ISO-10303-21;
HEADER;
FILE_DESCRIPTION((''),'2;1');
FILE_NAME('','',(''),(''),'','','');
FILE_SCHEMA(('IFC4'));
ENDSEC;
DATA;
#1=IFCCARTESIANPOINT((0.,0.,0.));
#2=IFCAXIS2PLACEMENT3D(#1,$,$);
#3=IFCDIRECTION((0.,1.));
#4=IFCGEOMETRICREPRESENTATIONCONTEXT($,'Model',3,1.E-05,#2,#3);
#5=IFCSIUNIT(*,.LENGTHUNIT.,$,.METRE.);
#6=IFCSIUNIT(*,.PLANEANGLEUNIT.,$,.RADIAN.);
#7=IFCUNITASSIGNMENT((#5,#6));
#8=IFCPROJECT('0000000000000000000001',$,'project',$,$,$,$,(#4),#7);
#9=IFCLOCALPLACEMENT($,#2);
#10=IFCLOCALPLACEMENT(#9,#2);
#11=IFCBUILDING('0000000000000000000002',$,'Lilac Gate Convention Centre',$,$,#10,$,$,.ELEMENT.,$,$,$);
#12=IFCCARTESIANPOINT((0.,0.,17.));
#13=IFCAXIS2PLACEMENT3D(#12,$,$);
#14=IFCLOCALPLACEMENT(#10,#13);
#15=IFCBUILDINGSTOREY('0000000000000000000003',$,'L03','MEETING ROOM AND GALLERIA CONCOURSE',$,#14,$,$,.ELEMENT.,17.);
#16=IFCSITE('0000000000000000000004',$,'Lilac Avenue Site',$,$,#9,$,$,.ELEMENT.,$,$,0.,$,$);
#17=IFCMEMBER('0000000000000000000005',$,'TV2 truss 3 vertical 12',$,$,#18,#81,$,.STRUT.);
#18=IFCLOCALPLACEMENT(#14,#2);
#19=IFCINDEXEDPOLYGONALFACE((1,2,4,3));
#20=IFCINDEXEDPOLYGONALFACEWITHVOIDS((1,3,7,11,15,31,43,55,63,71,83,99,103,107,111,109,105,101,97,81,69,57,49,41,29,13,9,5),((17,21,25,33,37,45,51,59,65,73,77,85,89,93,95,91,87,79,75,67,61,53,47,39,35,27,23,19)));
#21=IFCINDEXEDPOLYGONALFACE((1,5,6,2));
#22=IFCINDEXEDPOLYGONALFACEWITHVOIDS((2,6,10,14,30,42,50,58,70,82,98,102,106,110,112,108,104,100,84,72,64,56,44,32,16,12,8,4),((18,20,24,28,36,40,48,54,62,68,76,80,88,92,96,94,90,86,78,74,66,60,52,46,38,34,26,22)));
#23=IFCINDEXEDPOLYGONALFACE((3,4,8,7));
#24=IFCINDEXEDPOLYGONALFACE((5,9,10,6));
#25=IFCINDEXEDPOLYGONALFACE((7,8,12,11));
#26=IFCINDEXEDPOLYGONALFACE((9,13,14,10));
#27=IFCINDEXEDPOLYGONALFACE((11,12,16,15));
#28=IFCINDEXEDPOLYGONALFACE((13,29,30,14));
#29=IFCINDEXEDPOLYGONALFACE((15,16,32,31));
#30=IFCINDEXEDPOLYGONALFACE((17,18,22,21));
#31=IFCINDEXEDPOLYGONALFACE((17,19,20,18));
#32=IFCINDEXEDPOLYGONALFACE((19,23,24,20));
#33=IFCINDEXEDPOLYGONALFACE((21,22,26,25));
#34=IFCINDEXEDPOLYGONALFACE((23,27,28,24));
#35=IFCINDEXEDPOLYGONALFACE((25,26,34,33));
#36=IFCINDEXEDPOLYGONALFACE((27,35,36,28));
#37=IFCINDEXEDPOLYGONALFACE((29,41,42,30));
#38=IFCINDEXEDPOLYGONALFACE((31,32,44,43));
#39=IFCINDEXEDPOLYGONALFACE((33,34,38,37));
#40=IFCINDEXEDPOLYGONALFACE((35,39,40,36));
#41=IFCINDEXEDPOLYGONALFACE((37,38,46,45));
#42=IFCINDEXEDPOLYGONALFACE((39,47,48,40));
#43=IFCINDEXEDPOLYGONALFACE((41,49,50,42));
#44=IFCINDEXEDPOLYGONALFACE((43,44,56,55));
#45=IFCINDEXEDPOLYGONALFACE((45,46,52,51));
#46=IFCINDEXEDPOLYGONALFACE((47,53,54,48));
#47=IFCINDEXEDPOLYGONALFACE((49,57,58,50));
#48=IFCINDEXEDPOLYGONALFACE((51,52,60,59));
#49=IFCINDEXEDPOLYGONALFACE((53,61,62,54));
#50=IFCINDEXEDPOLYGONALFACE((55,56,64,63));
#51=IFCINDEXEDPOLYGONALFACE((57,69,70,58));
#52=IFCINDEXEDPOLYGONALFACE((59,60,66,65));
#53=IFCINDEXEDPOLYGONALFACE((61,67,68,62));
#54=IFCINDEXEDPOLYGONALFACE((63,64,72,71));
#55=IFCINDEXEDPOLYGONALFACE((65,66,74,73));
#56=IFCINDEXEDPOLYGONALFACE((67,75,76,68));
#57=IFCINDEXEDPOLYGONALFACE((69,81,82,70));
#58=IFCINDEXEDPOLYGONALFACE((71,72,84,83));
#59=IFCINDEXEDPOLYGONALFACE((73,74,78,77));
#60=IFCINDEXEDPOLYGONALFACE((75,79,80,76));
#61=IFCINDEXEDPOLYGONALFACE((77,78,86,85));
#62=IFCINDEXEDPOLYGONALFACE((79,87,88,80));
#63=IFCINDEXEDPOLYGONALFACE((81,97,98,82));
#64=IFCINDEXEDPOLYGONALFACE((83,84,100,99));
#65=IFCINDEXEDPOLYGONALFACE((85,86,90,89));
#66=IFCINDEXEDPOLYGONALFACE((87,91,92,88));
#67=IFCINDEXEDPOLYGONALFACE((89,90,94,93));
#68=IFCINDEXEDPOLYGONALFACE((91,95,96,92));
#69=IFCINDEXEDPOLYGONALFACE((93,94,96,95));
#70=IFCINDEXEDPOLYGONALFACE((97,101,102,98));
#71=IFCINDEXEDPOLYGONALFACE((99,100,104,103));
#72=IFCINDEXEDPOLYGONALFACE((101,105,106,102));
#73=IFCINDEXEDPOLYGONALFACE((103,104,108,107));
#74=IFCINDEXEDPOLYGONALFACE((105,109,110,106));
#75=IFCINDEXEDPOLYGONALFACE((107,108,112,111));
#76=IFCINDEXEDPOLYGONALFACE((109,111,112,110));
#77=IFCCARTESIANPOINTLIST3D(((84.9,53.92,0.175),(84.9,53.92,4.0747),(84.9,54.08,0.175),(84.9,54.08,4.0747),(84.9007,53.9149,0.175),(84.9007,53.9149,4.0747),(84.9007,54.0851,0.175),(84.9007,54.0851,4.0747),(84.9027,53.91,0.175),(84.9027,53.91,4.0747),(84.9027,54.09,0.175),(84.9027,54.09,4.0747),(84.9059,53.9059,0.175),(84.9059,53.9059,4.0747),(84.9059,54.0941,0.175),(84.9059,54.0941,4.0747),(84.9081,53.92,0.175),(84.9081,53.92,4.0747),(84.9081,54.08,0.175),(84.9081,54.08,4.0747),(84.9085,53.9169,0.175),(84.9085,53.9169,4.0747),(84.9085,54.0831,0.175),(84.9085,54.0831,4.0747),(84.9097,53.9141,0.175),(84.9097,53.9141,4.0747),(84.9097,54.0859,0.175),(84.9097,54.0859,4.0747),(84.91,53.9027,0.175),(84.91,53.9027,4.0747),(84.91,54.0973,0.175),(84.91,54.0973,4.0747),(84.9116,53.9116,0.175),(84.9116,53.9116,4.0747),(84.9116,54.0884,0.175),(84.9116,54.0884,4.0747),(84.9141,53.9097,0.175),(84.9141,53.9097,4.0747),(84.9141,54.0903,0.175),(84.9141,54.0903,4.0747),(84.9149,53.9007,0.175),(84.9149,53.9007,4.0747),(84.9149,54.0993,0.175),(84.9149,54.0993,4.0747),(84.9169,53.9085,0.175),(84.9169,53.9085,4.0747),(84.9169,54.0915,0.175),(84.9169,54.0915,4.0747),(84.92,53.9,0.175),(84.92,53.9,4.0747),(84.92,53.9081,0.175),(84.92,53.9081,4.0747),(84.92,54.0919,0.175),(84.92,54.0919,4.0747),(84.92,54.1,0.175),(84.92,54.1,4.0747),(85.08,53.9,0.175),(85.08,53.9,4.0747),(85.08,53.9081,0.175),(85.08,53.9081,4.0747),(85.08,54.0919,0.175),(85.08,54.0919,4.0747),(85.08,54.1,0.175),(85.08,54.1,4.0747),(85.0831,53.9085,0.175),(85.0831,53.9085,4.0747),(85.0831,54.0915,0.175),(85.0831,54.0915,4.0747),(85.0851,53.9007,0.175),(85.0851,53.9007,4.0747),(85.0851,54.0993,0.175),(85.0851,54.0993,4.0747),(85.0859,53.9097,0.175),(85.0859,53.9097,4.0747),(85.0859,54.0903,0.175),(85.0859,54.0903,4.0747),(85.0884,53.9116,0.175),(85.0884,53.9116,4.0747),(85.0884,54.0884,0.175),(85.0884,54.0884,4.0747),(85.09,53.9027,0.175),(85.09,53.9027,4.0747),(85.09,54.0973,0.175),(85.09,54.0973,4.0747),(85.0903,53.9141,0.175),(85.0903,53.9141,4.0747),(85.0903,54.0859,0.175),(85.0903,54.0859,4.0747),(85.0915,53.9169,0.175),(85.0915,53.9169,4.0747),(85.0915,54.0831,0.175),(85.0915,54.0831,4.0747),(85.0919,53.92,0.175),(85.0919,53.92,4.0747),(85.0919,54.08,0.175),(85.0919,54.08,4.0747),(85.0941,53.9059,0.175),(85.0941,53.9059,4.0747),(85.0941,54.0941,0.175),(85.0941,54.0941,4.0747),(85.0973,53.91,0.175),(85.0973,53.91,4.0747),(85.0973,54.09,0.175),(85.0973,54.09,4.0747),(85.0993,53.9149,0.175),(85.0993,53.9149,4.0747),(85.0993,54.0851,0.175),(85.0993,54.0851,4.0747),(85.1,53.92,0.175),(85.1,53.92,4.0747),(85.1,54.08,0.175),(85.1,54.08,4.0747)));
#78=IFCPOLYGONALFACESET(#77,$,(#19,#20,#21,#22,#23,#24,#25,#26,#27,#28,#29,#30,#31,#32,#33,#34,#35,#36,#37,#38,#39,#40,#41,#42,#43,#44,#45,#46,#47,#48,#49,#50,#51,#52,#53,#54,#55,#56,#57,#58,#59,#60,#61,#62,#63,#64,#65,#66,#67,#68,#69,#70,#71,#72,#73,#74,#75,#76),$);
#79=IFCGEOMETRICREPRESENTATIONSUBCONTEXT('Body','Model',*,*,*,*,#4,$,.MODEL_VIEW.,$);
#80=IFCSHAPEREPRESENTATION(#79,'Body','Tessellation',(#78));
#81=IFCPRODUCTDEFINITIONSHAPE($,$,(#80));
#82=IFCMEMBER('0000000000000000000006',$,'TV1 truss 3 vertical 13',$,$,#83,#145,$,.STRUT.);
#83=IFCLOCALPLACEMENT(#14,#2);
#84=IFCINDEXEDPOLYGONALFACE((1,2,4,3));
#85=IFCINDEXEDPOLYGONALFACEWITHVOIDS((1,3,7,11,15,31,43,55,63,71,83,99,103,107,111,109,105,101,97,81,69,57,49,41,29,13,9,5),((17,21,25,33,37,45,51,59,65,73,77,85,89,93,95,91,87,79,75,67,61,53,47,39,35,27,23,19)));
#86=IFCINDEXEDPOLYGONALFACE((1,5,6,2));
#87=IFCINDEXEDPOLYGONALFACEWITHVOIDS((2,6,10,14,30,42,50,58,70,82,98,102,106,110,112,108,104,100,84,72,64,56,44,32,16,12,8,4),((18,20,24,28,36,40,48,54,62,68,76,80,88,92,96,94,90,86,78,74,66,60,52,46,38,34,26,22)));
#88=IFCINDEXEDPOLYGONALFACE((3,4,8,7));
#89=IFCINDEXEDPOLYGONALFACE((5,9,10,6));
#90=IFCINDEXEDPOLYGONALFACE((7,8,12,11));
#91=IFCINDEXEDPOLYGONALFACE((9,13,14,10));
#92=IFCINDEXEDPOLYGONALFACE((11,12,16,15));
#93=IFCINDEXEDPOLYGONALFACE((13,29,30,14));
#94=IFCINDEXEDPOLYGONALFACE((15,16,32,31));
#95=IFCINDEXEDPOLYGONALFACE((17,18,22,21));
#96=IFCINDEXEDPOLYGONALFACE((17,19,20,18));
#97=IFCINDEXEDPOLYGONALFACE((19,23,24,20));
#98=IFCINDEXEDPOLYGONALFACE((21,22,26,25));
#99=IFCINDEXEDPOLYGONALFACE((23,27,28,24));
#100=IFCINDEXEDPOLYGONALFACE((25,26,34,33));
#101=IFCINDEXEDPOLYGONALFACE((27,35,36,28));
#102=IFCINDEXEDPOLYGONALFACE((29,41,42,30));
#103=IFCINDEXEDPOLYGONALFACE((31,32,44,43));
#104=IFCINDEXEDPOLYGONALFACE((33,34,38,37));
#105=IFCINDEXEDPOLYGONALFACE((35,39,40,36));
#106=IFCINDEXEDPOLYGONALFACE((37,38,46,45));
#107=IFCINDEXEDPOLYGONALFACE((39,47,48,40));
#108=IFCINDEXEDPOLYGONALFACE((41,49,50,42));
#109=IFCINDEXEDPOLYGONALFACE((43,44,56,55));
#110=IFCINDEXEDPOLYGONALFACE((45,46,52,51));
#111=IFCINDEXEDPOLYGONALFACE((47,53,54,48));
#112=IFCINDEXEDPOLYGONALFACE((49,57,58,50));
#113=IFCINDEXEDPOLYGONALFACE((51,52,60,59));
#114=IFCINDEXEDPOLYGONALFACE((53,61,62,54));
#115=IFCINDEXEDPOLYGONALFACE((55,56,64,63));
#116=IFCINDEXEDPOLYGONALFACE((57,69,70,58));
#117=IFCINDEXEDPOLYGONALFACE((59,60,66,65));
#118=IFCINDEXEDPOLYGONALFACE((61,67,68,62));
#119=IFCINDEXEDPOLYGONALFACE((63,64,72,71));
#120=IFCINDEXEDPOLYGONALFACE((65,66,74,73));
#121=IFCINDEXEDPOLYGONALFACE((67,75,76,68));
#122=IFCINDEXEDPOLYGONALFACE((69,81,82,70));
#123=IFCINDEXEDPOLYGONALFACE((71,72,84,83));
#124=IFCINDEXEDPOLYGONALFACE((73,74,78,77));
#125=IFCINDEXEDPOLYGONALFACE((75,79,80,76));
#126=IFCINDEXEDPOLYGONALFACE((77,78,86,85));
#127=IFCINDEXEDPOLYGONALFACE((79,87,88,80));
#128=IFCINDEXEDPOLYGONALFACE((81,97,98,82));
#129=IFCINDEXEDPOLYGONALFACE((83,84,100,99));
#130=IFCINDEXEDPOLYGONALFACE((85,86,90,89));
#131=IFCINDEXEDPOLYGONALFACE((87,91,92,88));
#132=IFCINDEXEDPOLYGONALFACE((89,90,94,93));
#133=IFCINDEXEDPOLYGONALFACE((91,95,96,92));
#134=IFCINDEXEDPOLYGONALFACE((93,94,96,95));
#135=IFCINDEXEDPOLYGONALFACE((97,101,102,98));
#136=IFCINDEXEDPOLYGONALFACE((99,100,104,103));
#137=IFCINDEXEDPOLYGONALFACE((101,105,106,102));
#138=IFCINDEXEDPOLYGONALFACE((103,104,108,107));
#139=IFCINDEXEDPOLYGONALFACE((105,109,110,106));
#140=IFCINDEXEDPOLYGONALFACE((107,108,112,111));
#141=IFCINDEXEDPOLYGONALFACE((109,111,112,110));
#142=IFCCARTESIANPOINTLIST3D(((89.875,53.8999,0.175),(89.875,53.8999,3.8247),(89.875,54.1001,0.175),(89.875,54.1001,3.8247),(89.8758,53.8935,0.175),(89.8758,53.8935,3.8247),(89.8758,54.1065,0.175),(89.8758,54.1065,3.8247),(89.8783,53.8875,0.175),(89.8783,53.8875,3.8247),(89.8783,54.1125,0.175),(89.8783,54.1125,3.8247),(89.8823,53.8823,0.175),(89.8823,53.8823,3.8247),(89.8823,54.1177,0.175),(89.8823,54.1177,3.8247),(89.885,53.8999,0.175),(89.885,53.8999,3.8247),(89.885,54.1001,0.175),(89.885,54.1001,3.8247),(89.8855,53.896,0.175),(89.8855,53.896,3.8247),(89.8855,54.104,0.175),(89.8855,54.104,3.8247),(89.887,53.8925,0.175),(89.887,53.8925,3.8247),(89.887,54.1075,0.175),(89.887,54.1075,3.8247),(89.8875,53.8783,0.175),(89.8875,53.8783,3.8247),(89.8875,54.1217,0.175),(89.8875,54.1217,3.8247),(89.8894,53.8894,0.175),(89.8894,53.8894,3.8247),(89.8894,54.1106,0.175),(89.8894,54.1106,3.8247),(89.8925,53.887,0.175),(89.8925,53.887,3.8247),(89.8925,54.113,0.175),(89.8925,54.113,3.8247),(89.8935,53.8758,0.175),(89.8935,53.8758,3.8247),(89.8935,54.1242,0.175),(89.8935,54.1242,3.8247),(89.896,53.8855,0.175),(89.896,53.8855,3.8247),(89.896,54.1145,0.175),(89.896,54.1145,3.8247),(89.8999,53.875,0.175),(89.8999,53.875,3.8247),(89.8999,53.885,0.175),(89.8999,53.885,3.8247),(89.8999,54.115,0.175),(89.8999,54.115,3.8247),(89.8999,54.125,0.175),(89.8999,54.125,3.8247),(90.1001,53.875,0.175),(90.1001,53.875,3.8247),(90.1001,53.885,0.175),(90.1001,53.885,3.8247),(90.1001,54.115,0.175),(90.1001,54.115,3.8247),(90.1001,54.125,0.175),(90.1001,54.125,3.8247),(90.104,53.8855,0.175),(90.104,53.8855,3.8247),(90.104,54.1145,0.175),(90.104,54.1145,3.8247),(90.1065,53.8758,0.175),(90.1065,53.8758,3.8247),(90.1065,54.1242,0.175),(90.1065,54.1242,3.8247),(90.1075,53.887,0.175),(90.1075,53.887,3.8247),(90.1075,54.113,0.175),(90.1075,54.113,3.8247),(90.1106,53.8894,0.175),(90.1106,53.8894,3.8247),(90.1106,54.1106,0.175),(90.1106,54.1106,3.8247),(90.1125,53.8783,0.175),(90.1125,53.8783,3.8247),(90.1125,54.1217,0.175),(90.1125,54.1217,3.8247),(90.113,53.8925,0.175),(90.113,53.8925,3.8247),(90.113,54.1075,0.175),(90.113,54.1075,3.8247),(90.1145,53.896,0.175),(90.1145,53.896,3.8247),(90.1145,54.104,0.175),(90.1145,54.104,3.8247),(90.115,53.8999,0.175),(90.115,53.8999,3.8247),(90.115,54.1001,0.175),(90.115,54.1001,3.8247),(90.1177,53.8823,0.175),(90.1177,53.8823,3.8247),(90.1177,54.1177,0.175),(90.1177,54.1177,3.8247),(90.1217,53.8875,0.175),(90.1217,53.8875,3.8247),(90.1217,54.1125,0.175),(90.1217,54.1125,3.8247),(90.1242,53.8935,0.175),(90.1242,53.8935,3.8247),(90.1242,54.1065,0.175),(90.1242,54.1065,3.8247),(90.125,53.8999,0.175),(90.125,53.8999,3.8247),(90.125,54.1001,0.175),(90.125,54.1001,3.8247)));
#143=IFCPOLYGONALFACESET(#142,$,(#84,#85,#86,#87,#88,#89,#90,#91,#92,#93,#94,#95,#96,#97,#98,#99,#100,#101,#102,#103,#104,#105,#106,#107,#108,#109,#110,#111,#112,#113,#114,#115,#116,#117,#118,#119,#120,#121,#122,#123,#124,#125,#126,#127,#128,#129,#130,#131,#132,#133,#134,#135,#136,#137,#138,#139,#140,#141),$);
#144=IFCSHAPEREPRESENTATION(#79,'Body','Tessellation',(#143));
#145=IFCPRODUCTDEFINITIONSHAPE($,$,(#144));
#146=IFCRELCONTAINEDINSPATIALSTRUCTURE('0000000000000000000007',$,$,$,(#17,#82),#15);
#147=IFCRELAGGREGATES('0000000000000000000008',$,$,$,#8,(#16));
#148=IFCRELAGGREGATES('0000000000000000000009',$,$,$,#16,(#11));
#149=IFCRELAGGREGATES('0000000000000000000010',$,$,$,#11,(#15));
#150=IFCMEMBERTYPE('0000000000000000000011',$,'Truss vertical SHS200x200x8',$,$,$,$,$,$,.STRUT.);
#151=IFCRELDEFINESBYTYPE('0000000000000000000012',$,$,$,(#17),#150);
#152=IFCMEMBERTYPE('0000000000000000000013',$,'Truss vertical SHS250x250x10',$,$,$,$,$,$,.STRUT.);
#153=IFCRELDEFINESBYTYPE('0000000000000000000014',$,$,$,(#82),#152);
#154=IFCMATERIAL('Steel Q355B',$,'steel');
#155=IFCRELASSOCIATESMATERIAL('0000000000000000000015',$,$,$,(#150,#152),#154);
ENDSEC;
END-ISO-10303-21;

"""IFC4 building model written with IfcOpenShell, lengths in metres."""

from ifc_helpers import new_model, si_unit, direction, frame, origin, origin_2d, place, context, subcontext, project, spatial, hollow_rectangle, extrude, material, material_profile, profile_set, type_object, element, save


model = new_model("IFC4")

# Units and contexts
model_context = context("Model", 3, precision=1e-05, world=origin(), true_north=direction((0.0, 1.0)))
body_context = subcontext(model_context, "Body", "Model", "MODEL_VIEW")
ifc_project = project(units=[si_unit("LENGTHUNIT", "METRE"), si_unit("PLANEANGLEUNIT", "RADIAN")], contexts=[model_context])

# Site, building, storey
site_placement = place(None, origin())
site = spatial("IfcSite", under=ifc_project, at=site_placement, Name="Lilac Avenue Site", CompositionType="ELEMENT", RefElevation=0.0)
building_placement = place(site_placement, origin())
building = spatial("IfcBuilding", under=site, at=building_placement, Name="Lilac Gate Convention Centre", CompositionType="ELEMENT")
storey_placement = place(building_placement, frame((0.0, 0.0, 17.0)))
storey = spatial("IfcBuildingStorey", under=building, at=storey_placement, Name="L03", Description="MEETING ROOM AND GALLERIA CONCOURSE", CompositionType="ELEMENT", Elevation=17.0)

# Members
ifc_material = material(Name="Steel Q355B", Category="steel")
ifc_material_profile_1 = material_profile(ifc_material, hollow_rectangle(XDim=0.2, YDim=0.2, WallThickness=0.0081, InnerFilletRadius=0.012, OuterFilletRadius=0.02, at=origin_2d()), Name="SHS200x200x8")
ifc_profile_set_1 = profile_set([ifc_material_profile_1], Name="Steel Q355B")
member_type_1 = type_object("IfcMemberType", Name="Truss vertical SHS200x200x8", PredefinedType="STRUT", material=ifc_profile_set_1)
member_1_placement = place(storey_placement, frame((85.0, 54.0, 0.175), z_axis=(0.0, 0.0, 1.0), x_axis=(1.0, 0.0, 0.0)))
element("IfcMember", 1, at=member_1_placement, inside=storey, type_object=member_type_1, Name="TV2 truss 3 vertical 12", PredefinedType="STRUT", context=body_context, shape_type="SweptSolid", body=[
    extrude(hollow_rectangle(XDim=0.2, YDim=0.2, WallThickness=0.0081, InnerFilletRadius=0.012, OuterFilletRadius=0.02, at=origin_2d()), origin(), (0.0, 0.0, 1.0), 3.8997),
])
ifc_material_profile_2 = material_profile(ifc_material, hollow_rectangle(XDim=0.25, YDim=0.25, WallThickness=0.01, InnerFilletRadius=0.0149, OuterFilletRadius=0.0249, at=origin_2d()), Name="SHS250x250x10")
ifc_profile_set_2 = profile_set([ifc_material_profile_2], Name="Steel Q355B")
member_type_2 = type_object("IfcMemberType", Name="Truss vertical SHS250x250x10", PredefinedType="STRUT", material=ifc_profile_set_2)
member_2_placement = place(storey_placement, frame((90.0, 54.0, 0.175), z_axis=(0.0, 0.0, 1.0), x_axis=(1.0, 0.0, 0.0)))
element("IfcMember", 2, at=member_2_placement, inside=storey, type_object=member_type_2, Name="TV1 truss 3 vertical 13", PredefinedType="STRUT", context=body_context, shape_type="SweptSolid", body=[
    extrude(hollow_rectangle(XDim=0.25, YDim=0.25, WallThickness=0.01, InnerFilletRadius=0.0149, OuterFilletRadius=0.0249, at=origin_2d()), origin(), (0.0, 0.0, 1.0), 3.6497),
])

save(model, "model.ifc")
